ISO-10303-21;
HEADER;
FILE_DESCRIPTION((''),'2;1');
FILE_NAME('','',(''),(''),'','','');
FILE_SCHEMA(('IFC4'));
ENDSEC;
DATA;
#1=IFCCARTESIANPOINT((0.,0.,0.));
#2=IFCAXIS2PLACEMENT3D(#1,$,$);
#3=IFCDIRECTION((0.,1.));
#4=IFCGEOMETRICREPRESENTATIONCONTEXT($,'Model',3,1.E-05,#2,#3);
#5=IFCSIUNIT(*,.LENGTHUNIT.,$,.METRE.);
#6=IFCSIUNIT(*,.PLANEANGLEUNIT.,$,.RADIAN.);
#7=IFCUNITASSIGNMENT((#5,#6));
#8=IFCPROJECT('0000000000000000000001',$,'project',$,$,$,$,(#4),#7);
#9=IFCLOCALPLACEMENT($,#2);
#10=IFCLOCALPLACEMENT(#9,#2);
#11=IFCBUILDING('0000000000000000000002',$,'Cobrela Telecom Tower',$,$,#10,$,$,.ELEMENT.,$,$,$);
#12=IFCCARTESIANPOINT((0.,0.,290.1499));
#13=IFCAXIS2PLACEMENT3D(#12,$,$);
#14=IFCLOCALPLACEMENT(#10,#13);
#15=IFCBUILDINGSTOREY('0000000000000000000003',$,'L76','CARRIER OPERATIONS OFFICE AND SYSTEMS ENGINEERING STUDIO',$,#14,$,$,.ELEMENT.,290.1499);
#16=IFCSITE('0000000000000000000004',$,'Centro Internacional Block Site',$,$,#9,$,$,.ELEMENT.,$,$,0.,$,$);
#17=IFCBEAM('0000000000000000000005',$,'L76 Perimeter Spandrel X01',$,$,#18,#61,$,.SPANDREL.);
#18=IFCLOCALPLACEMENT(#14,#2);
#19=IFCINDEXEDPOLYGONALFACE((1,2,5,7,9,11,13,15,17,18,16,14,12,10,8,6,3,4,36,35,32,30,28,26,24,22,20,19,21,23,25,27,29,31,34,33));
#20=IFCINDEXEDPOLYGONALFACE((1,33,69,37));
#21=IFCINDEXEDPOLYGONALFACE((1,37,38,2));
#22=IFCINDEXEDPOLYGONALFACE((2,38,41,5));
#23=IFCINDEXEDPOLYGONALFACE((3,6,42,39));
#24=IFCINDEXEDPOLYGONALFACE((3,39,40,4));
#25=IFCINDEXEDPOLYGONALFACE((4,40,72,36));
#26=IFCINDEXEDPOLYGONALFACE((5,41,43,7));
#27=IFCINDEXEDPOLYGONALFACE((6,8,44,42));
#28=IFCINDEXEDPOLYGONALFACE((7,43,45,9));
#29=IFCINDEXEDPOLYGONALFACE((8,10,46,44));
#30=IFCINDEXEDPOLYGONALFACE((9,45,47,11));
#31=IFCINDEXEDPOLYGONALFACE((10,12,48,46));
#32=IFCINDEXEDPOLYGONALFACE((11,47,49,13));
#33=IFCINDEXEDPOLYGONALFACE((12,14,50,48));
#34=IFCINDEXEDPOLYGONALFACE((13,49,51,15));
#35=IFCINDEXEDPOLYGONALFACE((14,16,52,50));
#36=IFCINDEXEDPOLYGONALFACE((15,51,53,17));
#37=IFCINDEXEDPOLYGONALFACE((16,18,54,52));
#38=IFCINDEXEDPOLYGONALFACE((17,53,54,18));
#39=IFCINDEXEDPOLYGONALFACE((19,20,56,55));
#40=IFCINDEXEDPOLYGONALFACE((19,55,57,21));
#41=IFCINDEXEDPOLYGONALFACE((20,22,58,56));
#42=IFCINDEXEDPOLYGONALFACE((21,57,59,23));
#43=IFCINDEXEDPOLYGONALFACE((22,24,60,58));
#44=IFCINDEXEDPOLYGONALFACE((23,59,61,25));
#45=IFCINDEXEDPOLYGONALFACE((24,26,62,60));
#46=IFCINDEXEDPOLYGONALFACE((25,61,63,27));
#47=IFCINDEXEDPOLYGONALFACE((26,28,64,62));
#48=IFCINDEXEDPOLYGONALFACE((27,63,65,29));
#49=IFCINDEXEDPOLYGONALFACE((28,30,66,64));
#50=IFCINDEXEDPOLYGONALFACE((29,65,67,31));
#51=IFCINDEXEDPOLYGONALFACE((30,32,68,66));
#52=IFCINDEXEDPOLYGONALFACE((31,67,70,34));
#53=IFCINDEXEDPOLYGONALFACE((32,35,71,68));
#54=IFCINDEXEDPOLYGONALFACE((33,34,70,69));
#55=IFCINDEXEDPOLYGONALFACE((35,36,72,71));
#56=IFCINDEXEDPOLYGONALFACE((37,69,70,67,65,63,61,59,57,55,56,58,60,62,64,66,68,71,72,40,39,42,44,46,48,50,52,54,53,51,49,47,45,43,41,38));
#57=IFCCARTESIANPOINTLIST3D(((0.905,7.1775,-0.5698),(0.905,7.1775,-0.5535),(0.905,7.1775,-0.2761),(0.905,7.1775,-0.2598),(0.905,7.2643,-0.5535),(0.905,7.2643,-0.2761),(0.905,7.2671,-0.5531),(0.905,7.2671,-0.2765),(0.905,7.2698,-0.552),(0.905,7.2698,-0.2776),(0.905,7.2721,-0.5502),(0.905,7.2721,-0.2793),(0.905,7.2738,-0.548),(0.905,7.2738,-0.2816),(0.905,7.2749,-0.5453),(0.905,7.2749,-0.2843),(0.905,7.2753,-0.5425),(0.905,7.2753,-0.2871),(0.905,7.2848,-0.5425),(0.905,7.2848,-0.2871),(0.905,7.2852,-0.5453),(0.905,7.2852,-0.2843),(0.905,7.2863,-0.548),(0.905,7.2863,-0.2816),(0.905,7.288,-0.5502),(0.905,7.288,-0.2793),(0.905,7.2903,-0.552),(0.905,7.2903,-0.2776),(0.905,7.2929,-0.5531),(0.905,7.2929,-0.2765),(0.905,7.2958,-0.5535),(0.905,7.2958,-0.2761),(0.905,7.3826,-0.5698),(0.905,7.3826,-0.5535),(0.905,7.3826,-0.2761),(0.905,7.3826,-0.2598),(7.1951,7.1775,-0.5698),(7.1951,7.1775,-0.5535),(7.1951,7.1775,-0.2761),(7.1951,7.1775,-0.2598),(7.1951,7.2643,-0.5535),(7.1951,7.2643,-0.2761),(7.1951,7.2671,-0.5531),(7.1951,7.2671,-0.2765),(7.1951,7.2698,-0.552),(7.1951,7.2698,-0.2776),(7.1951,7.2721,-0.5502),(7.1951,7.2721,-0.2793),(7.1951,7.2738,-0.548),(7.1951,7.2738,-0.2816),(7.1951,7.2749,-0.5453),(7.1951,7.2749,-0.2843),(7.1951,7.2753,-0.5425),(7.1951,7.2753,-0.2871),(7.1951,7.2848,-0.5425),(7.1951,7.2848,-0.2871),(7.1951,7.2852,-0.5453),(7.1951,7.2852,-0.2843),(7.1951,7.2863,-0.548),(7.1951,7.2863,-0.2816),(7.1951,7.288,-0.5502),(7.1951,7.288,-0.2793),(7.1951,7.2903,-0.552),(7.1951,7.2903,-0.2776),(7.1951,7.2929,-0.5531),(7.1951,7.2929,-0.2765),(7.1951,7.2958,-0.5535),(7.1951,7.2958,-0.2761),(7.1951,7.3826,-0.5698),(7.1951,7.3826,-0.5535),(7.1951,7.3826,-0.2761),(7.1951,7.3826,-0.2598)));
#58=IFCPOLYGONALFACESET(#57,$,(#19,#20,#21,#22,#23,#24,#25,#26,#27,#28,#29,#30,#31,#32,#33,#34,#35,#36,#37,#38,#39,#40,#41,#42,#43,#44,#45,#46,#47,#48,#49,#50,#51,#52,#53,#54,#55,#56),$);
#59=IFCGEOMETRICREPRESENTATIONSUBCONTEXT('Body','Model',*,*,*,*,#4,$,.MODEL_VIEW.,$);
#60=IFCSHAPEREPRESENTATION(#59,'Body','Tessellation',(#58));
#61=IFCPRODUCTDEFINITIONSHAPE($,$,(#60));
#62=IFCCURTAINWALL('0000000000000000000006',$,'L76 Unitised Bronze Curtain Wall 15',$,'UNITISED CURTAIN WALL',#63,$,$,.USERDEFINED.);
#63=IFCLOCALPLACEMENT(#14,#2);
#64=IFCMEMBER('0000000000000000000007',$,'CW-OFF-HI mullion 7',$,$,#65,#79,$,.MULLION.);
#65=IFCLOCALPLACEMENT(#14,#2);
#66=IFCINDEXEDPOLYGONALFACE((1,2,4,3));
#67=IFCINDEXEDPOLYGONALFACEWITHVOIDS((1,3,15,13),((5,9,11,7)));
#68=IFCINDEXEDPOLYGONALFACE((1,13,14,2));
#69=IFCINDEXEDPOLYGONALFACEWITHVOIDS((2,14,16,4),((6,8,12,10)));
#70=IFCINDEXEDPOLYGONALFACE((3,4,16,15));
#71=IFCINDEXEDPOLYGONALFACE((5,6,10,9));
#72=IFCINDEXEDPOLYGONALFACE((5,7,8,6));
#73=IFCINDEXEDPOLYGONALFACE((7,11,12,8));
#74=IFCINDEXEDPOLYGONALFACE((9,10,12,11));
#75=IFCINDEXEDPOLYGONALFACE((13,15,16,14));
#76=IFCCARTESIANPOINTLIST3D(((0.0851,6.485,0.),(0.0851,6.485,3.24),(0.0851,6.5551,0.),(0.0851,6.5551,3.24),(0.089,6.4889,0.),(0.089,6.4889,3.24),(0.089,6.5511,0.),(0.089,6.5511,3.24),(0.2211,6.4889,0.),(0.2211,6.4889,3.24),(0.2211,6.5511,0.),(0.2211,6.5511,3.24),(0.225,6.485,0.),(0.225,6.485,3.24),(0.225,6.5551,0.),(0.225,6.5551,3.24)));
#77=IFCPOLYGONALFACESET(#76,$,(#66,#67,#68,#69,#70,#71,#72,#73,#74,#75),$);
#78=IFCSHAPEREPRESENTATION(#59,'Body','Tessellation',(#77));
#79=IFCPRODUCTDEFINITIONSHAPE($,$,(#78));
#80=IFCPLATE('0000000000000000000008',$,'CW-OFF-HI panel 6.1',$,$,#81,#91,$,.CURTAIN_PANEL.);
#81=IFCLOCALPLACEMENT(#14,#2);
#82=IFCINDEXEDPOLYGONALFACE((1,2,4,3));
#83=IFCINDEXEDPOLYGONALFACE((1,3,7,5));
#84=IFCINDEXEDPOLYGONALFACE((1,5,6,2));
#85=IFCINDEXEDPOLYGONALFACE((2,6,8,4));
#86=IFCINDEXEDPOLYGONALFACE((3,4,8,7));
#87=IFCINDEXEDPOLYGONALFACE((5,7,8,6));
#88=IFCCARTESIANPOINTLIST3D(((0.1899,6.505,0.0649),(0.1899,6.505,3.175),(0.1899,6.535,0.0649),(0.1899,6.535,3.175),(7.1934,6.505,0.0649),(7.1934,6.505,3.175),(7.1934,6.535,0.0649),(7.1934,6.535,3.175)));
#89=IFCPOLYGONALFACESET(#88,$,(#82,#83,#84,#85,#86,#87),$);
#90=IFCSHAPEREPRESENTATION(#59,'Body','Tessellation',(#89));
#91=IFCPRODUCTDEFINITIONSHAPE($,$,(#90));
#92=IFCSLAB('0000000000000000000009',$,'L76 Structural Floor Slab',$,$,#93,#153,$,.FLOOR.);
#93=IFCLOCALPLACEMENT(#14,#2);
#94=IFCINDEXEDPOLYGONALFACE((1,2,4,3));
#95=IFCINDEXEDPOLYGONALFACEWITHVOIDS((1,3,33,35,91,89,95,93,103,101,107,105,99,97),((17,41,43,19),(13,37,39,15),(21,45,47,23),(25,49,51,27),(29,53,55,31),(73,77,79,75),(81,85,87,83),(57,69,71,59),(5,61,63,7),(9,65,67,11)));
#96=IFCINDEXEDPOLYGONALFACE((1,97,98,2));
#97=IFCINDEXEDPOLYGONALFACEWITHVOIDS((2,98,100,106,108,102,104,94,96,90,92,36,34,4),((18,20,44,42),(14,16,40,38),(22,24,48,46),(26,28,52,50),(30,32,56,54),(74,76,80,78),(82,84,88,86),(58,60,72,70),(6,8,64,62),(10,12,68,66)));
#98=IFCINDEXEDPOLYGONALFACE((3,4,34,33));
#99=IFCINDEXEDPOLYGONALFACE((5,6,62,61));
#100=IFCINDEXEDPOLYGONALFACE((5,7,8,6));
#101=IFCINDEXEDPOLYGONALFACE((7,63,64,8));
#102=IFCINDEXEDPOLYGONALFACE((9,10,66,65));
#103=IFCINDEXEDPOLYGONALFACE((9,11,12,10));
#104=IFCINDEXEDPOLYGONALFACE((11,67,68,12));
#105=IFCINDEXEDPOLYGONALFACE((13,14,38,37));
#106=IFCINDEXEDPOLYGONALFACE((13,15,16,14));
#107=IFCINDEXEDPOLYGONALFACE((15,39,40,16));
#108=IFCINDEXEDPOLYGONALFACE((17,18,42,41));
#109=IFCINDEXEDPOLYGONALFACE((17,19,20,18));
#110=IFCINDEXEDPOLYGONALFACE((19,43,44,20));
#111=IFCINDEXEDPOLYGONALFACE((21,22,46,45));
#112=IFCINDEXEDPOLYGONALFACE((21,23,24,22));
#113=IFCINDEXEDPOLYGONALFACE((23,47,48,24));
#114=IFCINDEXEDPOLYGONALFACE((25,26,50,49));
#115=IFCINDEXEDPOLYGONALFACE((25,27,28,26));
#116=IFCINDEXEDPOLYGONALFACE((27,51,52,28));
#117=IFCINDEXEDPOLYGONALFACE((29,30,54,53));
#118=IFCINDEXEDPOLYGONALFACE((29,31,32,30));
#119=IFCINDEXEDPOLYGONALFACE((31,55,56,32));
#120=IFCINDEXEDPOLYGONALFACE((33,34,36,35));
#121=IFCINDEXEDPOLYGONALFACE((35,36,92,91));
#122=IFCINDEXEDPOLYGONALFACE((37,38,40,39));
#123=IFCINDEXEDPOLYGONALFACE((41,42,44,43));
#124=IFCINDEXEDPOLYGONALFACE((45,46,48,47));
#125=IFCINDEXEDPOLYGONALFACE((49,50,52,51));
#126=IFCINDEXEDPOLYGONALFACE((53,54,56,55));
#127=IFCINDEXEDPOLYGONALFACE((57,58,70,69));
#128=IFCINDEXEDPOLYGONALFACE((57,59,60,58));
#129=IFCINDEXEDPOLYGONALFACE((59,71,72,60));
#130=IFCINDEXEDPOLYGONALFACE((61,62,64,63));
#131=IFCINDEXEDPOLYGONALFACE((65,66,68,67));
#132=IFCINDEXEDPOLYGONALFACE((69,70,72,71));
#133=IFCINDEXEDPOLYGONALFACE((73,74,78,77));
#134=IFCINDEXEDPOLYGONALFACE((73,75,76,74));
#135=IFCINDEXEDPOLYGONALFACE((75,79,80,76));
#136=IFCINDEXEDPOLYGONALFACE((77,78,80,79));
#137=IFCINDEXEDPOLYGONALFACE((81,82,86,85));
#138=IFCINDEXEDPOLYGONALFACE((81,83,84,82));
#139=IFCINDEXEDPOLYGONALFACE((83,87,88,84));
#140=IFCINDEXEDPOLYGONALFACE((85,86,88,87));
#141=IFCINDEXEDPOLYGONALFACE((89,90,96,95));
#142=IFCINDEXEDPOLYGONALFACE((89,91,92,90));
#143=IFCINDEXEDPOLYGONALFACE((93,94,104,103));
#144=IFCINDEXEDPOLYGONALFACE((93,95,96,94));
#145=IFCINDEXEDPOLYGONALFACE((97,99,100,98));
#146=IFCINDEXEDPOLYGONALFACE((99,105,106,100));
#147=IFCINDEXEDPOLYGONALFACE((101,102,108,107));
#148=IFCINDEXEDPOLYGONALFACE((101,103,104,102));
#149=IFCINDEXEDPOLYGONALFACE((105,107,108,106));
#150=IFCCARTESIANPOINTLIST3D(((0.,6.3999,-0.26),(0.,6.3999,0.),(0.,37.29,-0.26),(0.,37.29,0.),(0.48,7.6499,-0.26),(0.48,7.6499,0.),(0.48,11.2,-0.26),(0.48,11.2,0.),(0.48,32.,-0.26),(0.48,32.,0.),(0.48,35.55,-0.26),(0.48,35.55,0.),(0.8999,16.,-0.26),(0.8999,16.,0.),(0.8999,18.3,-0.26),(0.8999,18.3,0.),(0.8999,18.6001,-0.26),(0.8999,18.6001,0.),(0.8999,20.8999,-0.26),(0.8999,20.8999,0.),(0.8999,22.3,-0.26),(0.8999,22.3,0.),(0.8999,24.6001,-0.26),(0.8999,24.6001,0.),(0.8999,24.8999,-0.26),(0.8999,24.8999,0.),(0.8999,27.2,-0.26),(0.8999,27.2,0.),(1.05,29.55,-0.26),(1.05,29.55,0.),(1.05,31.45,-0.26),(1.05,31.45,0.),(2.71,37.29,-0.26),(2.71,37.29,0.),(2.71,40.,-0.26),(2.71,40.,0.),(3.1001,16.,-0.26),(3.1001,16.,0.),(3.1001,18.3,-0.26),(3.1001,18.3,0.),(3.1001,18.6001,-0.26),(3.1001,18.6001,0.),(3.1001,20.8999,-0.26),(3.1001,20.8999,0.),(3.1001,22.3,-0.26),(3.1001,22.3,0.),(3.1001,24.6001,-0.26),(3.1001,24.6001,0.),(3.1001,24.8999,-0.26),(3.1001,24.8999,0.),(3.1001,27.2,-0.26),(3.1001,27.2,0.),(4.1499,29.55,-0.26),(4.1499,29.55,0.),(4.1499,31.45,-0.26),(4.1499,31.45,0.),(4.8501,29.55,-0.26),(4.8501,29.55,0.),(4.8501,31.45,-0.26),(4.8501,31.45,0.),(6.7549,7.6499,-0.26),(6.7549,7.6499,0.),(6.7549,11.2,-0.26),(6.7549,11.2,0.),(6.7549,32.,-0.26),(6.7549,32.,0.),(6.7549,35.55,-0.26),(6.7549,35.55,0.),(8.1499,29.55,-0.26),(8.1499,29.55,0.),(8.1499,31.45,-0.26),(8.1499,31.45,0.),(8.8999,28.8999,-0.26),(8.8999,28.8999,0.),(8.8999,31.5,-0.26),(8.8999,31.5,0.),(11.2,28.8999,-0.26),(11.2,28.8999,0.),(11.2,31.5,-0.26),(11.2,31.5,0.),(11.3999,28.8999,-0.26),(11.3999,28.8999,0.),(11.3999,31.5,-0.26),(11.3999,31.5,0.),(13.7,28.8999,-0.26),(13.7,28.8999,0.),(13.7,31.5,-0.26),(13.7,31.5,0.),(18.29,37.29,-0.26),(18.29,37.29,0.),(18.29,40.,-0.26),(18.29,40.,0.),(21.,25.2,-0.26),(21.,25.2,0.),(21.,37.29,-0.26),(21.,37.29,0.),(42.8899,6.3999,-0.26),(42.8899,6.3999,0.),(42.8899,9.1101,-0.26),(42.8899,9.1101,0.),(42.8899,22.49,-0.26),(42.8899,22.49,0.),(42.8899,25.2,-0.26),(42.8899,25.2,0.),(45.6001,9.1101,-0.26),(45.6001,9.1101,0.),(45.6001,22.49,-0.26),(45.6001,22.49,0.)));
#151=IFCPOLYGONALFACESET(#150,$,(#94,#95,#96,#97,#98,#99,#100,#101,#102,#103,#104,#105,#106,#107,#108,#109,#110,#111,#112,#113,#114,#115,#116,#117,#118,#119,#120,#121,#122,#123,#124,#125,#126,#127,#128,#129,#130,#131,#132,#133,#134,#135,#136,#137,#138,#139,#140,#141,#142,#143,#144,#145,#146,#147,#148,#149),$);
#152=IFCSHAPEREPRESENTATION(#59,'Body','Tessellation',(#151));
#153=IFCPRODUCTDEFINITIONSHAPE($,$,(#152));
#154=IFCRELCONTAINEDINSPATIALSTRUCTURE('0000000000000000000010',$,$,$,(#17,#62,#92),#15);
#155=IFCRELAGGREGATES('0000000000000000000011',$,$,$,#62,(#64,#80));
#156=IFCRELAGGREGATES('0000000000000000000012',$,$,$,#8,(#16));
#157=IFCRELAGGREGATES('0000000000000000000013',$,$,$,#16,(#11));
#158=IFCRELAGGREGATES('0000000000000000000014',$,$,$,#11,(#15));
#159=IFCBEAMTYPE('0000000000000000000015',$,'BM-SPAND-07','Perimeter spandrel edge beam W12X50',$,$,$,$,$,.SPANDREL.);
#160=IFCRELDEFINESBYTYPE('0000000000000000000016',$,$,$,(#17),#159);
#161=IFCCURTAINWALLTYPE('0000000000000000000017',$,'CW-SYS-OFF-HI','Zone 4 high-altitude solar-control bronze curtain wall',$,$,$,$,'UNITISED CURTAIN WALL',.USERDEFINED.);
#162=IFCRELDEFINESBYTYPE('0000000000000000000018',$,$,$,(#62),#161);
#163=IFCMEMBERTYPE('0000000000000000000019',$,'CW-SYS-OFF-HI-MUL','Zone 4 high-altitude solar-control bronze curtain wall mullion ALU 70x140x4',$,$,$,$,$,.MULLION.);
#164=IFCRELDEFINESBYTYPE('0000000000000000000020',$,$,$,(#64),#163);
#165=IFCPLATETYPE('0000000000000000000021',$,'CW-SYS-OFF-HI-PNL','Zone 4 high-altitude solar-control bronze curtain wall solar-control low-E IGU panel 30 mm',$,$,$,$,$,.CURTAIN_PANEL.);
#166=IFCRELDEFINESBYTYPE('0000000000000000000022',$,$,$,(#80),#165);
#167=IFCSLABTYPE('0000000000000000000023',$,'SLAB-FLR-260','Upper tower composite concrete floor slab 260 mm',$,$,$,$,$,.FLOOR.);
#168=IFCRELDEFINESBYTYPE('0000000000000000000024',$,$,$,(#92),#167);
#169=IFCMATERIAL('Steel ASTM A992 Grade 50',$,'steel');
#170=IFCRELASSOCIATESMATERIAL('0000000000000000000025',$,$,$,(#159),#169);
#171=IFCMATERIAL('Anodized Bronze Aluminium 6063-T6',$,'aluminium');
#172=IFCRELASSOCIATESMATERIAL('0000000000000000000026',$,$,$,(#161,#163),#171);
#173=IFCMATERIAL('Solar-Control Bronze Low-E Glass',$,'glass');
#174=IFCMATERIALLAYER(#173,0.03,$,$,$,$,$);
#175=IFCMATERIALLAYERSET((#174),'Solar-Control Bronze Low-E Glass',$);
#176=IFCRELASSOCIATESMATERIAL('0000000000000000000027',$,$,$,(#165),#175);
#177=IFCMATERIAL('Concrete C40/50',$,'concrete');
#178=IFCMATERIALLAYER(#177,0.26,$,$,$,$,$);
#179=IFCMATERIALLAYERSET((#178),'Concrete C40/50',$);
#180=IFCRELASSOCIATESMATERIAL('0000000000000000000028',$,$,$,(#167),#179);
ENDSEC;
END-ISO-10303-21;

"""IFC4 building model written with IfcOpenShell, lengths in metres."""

from ifc_helpers import new_model, si_unit, direction, frame, origin, origin_2d, place, context, subcontext, project, spatial, polyline, rectangle, hollow_rectangle, i_section, outline, extrude, material, layer, layer_set, material_profile, profile_set, type_object, element, aggregate, save


model = new_model("IFC4")

# Units and contexts
model_context = context("Model", 3, precision=1e-05, world=origin(), true_north=direction((0.0, 1.0)))
body_context = subcontext(model_context, "Body", "Model", "MODEL_VIEW")
ifc_project = project(units=[si_unit("LENGTHUNIT", "METRE"), si_unit("PLANEANGLEUNIT", "RADIAN")], contexts=[model_context])

# Site, building, storey
site_placement = place(None, origin())
site = spatial("IfcSite", under=ifc_project, at=site_placement, Name="Centro Internacional Block Site", CompositionType="ELEMENT", RefElevation=0.0)
building_placement = place(site_placement, origin())
building = spatial("IfcBuilding", under=site, at=building_placement, Name="Cobrela Telecom Tower", CompositionType="ELEMENT")
storey_placement = place(building_placement, frame((0.0, 0.0, 290.1499)))
storey = spatial("IfcBuildingStorey", under=building, at=storey_placement, Name="L76", Description="CARRIER OPERATIONS OFFICE AND SYSTEMS ENGINEERING STUDIO", CompositionType="ELEMENT", Elevation=290.1499)

# Beam
ifc_material_1 = material(Name="Steel ASTM A992 Grade 50", Category="steel")
ifc_material_profile_1 = material_profile(ifc_material_1, i_section(OverallWidth=0.2051, OverallDepth=0.3101, WebThickness=0.0095, FlangeThickness=0.0164, FilletRadius=0.011, at=origin_2d()), Name="W12X50")
ifc_profile_set_1 = profile_set([ifc_material_profile_1], Name="Steel ASTM A992 Grade 50")
beam_type = type_object("IfcBeamType", Name="BM-SPAND-07", Description="Perimeter spandrel edge beam W12X50", PredefinedType="SPANDREL", material=ifc_profile_set_1)
beam_placement = place(storey_placement, frame((0.905, 7.28, -0.4148), z_axis=(1.0, 0.0, 0.0), x_axis=(0.0, 1.0, 0.0)))
element("IfcBeam", 1, at=beam_placement, inside=storey, type_object=beam_type, Name="L76 Perimeter Spandrel X01", PredefinedType="SPANDREL", context=body_context, shape_type="SweptSolid", body=[
    extrude(i_section(OverallWidth=0.2051, OverallDepth=0.3101, WebThickness=0.0095, FlangeThickness=0.0164, FilletRadius=0.011, at=origin_2d()), origin(), (0.0, 0.0, 1.0), 6.29),
])

# Curtain wall, member, plate
ifc_material_2 = material(Name="Anodized Bronze Aluminium 6063-T6", Category="aluminium")
curtain_wall_type = type_object("IfcCurtainWallType", Name="CW-SYS-OFF-HI", Description="Zone 4 high-altitude solar-control bronze curtain wall", ElementType="UNITISED CURTAIN WALL", PredefinedType="USERDEFINED", material=ifc_material_2)
curtain_wall_placement = place(storey_placement, origin())
curtain_wall = element("IfcCurtainWall", 2, at=curtain_wall_placement, inside=storey, type_object=curtain_wall_type, Name="L76 Unitised Bronze Curtain Wall 15", ObjectType="UNITISED CURTAIN WALL", PredefinedType="USERDEFINED")
ifc_material_profile_2 = material_profile(ifc_material_2, hollow_rectangle(XDim=0.0701, YDim=0.1399, WallThickness=0.0039, at=origin_2d()), Name="ALU 70x140x4")
ifc_profile_set_2 = profile_set([ifc_material_profile_2], Name="Anodized Bronze Aluminium 6063-T6")
member_type = type_object("IfcMemberType", Name="CW-SYS-OFF-HI-MUL", Description="Zone 4 high-altitude solar-control bronze curtain wall mullion ALU 70x140x4", PredefinedType="MULLION", material=ifc_profile_set_2)
member_placement = place(storey_placement, frame((0.155, 6.52, 0.0), z_axis=(0.0, 0.0, 1.0), x_axis=(0.0, -1.0, 0.0)))
member = element("IfcMember", 3, at=member_placement, type_object=member_type, Name="CW-OFF-HI mullion 7", PredefinedType="MULLION", context=body_context, shape_type="SweptSolid", body=[
    extrude(hollow_rectangle(XDim=0.0701, YDim=0.1399, WallThickness=0.0039, at=origin_2d()), origin(), (0.0, 0.0, 1.0), 3.24),
])
ifc_material_3 = material(Name="Solar-Control Bronze Low-E Glass", Category="glass")
ifc_layer_1 = layer(ifc_material_3, 0.03)
ifc_layer_set_1 = layer_set([ifc_layer_1], Name="Solar-Control Bronze Low-E Glass")
plate_type = type_object("IfcPlateType", Name="CW-SYS-OFF-HI-PNL", Description="Zone 4 high-altitude solar-control bronze curtain wall solar-control low-E IGU panel 30 mm", PredefinedType="CURTAIN_PANEL", material=ifc_layer_set_1)
plate_placement = place(storey_placement, frame((3.6917, 6.52, 0.0649), z_axis=(0.0, 0.0, 1.0), x_axis=(-1.0, 0.0, 0.0)))
plate = element("IfcPlate", 4, at=plate_placement, type_object=plate_type, Name="CW-OFF-HI panel 6.1", PredefinedType="CURTAIN_PANEL", context=body_context, shape_type="SweptSolid", body=[
    extrude(rectangle(XDim=7.0034, YDim=0.03, at=origin_2d()), origin(), (0.0, 0.0, 1.0), 3.1101),
])
aggregate(curtain_wall, [member, plate])

# Slab, openings
ifc_material_4 = material(Name="Concrete C40/50", Category="concrete")
ifc_layer_2 = layer(ifc_material_4, 0.26)
ifc_layer_set_2 = layer_set([ifc_layer_2], Name="Concrete C40/50")
slab_type_1 = type_object("IfcSlabType", Name="SLAB-FLR-260", Description="Upper tower composite concrete floor slab 260 mm", PredefinedType="FLOOR", material=ifc_layer_set_2)
slab_1_placement = place(storey_placement, frame((0.0, 0.0, -0.26)))
slab_1 = element("IfcSlab", 5, at=slab_1_placement, inside=storey, type_object=slab_type_1, Name="L76 Structural Floor Slab", PredefinedType="FLOOR", context=body_context, shape_type="SweptSolid", body=[
    extrude(outline(polyline([(0.0, 6.3999), (42.8899, 6.3999), (42.8899, 9.1101), (45.6001, 9.1101), (45.6001, 22.49), (42.8899, 22.49), (42.8899, 25.2), (21.0, 25.2), (21.0, 37.29), (18.29, 37.29), (18.29, 40.0), (2.71, 40.0), (2.71, 37.29), (0.0, 37.29), (0.0, 6.3999)])), origin(), (0.0, 0.0, 1.0), 0.26),
])
opening_1_placement = place(slab_1_placement, frame((0.0, 0.0, -0.02)))
element("IfcOpeningElement", 6, at=opening_1_placement, cuts=slab_1, PredefinedType="OPENING", context=body_context, shape_type="SweptSolid", body=[
    extrude(outline(polyline([(8.8999, 28.8999), (11.2, 28.8999), (11.2, 31.5), (8.8999, 31.5), (8.8999, 28.8999)])), origin(), (0.0, 0.0, 1.0), 0.3),
])
opening_2_placement = place(slab_1_placement, frame((0.0, 0.0, -0.02)))
element("IfcOpeningElement", 7, at=opening_2_placement, cuts=slab_1, PredefinedType="OPENING", context=body_context, shape_type="SweptSolid", body=[
    extrude(outline(polyline([(11.3999, 28.8999), (13.7, 28.8999), (13.7, 31.5), (11.3999, 31.5), (11.3999, 28.8999)])), origin(), (0.0, 0.0, 1.0), 0.3),
])
opening_3_placement = place(slab_1_placement, frame((0.0, 0.0, -0.02)))
element("IfcOpeningElement", 8, at=opening_3_placement, cuts=slab_1, PredefinedType="OPENING", context=body_context, shape_type="SweptSolid", body=[
    extrude(outline(polyline([(0.8999, 16.0), (3.1001, 16.0), (3.1001, 18.3), (0.8999, 18.3), (0.8999, 16.0)])), origin(), (0.0, 0.0, 1.0), 0.3),
])
opening_4_placement = place(slab_1_placement, frame((0.0, 0.0, -0.02)))
element("IfcOpeningElement", 9, at=opening_4_placement, cuts=slab_1, PredefinedType="OPENING", context=body_context, shape_type="SweptSolid", body=[
    extrude(outline(polyline([(0.8999, 18.6001), (3.1001, 18.6001), (3.1001, 20.8999), (0.8999, 20.8999), (0.8999, 18.6001)])), origin(), (0.0, 0.0, 1.0), 0.3),
])
opening_5_placement = place(slab_1_placement, frame((0.0, 0.0, -0.02)))
element("IfcOpeningElement", 10, at=opening_5_placement, cuts=slab_1, PredefinedType="OPENING", context=body_context, shape_type="SweptSolid", body=[
    extrude(outline(polyline([(0.8999, 22.3), (3.1001, 22.3), (3.1001, 24.6001), (0.8999, 24.6001), (0.8999, 22.3)])), origin(), (0.0, 0.0, 1.0), 0.3),
])
opening_6_placement = place(slab_1_placement, frame((0.0, 0.0, -0.02)))
element("IfcOpeningElement", 11, at=opening_6_placement, cuts=slab_1, PredefinedType="OPENING", context=body_context, shape_type="SweptSolid", body=[
    extrude(outline(polyline([(0.8999, 24.8999), (3.1001, 24.8999), (3.1001, 27.2), (0.8999, 27.2), (0.8999, 24.8999)])), origin(), (0.0, 0.0, 1.0), 0.3),
])
opening_7_placement = place(slab_1_placement, frame((0.0, 0.0, -0.02)))
element("IfcOpeningElement", 12, at=opening_7_placement, cuts=slab_1, PredefinedType="OPENING", context=body_context, shape_type="SweptSolid", body=[
    extrude(outline(polyline([(1.05, 29.55), (4.1499, 29.55), (4.1499, 31.45), (1.05, 31.45), (1.05, 29.55)])), origin(), (0.0, 0.0, 1.0), 0.3),
])
opening_8_placement = place(slab_1_placement, frame((0.0, 0.0, -0.02)))
element("IfcOpeningElement", 13, at=opening_8_placement, cuts=slab_1, PredefinedType="OPENING", context=body_context, shape_type="SweptSolid", body=[
    extrude(outline(polyline([(4.8501, 29.55), (8.1499, 29.55), (8.1499, 31.45), (4.8501, 31.45), (4.8501, 29.55)])), origin(), (0.0, 0.0, 1.0), 0.3),
])
opening_9_placement = place(slab_1_placement, frame((0.0, 0.0, -0.02)))
element("IfcOpeningElement", 14, at=opening_9_placement, cuts=slab_1, PredefinedType="OPENING", context=body_context, shape_type="SweptSolid", body=[
    extrude(outline(polyline([(6.7549, 35.55), (0.48, 35.55), (0.48, 32.0), (6.7549, 32.0), (6.7549, 35.55)])), origin(), (0.0, 0.0, 1.0), 0.3),
])
opening_10_placement = place(slab_1_placement, frame((0.0, 0.0, -0.02)))
element("IfcOpeningElement", 15, at=opening_10_placement, cuts=slab_1, PredefinedType="OPENING", context=body_context, shape_type="SweptSolid", body=[
    extrude(outline(polyline([(6.7549, 11.2), (0.48, 11.2), (0.48, 7.6499), (6.7549, 7.6499), (6.7549, 11.2)])), origin(), (0.0, 0.0, 1.0), 0.3),
])

save(model, "model.ifc")
